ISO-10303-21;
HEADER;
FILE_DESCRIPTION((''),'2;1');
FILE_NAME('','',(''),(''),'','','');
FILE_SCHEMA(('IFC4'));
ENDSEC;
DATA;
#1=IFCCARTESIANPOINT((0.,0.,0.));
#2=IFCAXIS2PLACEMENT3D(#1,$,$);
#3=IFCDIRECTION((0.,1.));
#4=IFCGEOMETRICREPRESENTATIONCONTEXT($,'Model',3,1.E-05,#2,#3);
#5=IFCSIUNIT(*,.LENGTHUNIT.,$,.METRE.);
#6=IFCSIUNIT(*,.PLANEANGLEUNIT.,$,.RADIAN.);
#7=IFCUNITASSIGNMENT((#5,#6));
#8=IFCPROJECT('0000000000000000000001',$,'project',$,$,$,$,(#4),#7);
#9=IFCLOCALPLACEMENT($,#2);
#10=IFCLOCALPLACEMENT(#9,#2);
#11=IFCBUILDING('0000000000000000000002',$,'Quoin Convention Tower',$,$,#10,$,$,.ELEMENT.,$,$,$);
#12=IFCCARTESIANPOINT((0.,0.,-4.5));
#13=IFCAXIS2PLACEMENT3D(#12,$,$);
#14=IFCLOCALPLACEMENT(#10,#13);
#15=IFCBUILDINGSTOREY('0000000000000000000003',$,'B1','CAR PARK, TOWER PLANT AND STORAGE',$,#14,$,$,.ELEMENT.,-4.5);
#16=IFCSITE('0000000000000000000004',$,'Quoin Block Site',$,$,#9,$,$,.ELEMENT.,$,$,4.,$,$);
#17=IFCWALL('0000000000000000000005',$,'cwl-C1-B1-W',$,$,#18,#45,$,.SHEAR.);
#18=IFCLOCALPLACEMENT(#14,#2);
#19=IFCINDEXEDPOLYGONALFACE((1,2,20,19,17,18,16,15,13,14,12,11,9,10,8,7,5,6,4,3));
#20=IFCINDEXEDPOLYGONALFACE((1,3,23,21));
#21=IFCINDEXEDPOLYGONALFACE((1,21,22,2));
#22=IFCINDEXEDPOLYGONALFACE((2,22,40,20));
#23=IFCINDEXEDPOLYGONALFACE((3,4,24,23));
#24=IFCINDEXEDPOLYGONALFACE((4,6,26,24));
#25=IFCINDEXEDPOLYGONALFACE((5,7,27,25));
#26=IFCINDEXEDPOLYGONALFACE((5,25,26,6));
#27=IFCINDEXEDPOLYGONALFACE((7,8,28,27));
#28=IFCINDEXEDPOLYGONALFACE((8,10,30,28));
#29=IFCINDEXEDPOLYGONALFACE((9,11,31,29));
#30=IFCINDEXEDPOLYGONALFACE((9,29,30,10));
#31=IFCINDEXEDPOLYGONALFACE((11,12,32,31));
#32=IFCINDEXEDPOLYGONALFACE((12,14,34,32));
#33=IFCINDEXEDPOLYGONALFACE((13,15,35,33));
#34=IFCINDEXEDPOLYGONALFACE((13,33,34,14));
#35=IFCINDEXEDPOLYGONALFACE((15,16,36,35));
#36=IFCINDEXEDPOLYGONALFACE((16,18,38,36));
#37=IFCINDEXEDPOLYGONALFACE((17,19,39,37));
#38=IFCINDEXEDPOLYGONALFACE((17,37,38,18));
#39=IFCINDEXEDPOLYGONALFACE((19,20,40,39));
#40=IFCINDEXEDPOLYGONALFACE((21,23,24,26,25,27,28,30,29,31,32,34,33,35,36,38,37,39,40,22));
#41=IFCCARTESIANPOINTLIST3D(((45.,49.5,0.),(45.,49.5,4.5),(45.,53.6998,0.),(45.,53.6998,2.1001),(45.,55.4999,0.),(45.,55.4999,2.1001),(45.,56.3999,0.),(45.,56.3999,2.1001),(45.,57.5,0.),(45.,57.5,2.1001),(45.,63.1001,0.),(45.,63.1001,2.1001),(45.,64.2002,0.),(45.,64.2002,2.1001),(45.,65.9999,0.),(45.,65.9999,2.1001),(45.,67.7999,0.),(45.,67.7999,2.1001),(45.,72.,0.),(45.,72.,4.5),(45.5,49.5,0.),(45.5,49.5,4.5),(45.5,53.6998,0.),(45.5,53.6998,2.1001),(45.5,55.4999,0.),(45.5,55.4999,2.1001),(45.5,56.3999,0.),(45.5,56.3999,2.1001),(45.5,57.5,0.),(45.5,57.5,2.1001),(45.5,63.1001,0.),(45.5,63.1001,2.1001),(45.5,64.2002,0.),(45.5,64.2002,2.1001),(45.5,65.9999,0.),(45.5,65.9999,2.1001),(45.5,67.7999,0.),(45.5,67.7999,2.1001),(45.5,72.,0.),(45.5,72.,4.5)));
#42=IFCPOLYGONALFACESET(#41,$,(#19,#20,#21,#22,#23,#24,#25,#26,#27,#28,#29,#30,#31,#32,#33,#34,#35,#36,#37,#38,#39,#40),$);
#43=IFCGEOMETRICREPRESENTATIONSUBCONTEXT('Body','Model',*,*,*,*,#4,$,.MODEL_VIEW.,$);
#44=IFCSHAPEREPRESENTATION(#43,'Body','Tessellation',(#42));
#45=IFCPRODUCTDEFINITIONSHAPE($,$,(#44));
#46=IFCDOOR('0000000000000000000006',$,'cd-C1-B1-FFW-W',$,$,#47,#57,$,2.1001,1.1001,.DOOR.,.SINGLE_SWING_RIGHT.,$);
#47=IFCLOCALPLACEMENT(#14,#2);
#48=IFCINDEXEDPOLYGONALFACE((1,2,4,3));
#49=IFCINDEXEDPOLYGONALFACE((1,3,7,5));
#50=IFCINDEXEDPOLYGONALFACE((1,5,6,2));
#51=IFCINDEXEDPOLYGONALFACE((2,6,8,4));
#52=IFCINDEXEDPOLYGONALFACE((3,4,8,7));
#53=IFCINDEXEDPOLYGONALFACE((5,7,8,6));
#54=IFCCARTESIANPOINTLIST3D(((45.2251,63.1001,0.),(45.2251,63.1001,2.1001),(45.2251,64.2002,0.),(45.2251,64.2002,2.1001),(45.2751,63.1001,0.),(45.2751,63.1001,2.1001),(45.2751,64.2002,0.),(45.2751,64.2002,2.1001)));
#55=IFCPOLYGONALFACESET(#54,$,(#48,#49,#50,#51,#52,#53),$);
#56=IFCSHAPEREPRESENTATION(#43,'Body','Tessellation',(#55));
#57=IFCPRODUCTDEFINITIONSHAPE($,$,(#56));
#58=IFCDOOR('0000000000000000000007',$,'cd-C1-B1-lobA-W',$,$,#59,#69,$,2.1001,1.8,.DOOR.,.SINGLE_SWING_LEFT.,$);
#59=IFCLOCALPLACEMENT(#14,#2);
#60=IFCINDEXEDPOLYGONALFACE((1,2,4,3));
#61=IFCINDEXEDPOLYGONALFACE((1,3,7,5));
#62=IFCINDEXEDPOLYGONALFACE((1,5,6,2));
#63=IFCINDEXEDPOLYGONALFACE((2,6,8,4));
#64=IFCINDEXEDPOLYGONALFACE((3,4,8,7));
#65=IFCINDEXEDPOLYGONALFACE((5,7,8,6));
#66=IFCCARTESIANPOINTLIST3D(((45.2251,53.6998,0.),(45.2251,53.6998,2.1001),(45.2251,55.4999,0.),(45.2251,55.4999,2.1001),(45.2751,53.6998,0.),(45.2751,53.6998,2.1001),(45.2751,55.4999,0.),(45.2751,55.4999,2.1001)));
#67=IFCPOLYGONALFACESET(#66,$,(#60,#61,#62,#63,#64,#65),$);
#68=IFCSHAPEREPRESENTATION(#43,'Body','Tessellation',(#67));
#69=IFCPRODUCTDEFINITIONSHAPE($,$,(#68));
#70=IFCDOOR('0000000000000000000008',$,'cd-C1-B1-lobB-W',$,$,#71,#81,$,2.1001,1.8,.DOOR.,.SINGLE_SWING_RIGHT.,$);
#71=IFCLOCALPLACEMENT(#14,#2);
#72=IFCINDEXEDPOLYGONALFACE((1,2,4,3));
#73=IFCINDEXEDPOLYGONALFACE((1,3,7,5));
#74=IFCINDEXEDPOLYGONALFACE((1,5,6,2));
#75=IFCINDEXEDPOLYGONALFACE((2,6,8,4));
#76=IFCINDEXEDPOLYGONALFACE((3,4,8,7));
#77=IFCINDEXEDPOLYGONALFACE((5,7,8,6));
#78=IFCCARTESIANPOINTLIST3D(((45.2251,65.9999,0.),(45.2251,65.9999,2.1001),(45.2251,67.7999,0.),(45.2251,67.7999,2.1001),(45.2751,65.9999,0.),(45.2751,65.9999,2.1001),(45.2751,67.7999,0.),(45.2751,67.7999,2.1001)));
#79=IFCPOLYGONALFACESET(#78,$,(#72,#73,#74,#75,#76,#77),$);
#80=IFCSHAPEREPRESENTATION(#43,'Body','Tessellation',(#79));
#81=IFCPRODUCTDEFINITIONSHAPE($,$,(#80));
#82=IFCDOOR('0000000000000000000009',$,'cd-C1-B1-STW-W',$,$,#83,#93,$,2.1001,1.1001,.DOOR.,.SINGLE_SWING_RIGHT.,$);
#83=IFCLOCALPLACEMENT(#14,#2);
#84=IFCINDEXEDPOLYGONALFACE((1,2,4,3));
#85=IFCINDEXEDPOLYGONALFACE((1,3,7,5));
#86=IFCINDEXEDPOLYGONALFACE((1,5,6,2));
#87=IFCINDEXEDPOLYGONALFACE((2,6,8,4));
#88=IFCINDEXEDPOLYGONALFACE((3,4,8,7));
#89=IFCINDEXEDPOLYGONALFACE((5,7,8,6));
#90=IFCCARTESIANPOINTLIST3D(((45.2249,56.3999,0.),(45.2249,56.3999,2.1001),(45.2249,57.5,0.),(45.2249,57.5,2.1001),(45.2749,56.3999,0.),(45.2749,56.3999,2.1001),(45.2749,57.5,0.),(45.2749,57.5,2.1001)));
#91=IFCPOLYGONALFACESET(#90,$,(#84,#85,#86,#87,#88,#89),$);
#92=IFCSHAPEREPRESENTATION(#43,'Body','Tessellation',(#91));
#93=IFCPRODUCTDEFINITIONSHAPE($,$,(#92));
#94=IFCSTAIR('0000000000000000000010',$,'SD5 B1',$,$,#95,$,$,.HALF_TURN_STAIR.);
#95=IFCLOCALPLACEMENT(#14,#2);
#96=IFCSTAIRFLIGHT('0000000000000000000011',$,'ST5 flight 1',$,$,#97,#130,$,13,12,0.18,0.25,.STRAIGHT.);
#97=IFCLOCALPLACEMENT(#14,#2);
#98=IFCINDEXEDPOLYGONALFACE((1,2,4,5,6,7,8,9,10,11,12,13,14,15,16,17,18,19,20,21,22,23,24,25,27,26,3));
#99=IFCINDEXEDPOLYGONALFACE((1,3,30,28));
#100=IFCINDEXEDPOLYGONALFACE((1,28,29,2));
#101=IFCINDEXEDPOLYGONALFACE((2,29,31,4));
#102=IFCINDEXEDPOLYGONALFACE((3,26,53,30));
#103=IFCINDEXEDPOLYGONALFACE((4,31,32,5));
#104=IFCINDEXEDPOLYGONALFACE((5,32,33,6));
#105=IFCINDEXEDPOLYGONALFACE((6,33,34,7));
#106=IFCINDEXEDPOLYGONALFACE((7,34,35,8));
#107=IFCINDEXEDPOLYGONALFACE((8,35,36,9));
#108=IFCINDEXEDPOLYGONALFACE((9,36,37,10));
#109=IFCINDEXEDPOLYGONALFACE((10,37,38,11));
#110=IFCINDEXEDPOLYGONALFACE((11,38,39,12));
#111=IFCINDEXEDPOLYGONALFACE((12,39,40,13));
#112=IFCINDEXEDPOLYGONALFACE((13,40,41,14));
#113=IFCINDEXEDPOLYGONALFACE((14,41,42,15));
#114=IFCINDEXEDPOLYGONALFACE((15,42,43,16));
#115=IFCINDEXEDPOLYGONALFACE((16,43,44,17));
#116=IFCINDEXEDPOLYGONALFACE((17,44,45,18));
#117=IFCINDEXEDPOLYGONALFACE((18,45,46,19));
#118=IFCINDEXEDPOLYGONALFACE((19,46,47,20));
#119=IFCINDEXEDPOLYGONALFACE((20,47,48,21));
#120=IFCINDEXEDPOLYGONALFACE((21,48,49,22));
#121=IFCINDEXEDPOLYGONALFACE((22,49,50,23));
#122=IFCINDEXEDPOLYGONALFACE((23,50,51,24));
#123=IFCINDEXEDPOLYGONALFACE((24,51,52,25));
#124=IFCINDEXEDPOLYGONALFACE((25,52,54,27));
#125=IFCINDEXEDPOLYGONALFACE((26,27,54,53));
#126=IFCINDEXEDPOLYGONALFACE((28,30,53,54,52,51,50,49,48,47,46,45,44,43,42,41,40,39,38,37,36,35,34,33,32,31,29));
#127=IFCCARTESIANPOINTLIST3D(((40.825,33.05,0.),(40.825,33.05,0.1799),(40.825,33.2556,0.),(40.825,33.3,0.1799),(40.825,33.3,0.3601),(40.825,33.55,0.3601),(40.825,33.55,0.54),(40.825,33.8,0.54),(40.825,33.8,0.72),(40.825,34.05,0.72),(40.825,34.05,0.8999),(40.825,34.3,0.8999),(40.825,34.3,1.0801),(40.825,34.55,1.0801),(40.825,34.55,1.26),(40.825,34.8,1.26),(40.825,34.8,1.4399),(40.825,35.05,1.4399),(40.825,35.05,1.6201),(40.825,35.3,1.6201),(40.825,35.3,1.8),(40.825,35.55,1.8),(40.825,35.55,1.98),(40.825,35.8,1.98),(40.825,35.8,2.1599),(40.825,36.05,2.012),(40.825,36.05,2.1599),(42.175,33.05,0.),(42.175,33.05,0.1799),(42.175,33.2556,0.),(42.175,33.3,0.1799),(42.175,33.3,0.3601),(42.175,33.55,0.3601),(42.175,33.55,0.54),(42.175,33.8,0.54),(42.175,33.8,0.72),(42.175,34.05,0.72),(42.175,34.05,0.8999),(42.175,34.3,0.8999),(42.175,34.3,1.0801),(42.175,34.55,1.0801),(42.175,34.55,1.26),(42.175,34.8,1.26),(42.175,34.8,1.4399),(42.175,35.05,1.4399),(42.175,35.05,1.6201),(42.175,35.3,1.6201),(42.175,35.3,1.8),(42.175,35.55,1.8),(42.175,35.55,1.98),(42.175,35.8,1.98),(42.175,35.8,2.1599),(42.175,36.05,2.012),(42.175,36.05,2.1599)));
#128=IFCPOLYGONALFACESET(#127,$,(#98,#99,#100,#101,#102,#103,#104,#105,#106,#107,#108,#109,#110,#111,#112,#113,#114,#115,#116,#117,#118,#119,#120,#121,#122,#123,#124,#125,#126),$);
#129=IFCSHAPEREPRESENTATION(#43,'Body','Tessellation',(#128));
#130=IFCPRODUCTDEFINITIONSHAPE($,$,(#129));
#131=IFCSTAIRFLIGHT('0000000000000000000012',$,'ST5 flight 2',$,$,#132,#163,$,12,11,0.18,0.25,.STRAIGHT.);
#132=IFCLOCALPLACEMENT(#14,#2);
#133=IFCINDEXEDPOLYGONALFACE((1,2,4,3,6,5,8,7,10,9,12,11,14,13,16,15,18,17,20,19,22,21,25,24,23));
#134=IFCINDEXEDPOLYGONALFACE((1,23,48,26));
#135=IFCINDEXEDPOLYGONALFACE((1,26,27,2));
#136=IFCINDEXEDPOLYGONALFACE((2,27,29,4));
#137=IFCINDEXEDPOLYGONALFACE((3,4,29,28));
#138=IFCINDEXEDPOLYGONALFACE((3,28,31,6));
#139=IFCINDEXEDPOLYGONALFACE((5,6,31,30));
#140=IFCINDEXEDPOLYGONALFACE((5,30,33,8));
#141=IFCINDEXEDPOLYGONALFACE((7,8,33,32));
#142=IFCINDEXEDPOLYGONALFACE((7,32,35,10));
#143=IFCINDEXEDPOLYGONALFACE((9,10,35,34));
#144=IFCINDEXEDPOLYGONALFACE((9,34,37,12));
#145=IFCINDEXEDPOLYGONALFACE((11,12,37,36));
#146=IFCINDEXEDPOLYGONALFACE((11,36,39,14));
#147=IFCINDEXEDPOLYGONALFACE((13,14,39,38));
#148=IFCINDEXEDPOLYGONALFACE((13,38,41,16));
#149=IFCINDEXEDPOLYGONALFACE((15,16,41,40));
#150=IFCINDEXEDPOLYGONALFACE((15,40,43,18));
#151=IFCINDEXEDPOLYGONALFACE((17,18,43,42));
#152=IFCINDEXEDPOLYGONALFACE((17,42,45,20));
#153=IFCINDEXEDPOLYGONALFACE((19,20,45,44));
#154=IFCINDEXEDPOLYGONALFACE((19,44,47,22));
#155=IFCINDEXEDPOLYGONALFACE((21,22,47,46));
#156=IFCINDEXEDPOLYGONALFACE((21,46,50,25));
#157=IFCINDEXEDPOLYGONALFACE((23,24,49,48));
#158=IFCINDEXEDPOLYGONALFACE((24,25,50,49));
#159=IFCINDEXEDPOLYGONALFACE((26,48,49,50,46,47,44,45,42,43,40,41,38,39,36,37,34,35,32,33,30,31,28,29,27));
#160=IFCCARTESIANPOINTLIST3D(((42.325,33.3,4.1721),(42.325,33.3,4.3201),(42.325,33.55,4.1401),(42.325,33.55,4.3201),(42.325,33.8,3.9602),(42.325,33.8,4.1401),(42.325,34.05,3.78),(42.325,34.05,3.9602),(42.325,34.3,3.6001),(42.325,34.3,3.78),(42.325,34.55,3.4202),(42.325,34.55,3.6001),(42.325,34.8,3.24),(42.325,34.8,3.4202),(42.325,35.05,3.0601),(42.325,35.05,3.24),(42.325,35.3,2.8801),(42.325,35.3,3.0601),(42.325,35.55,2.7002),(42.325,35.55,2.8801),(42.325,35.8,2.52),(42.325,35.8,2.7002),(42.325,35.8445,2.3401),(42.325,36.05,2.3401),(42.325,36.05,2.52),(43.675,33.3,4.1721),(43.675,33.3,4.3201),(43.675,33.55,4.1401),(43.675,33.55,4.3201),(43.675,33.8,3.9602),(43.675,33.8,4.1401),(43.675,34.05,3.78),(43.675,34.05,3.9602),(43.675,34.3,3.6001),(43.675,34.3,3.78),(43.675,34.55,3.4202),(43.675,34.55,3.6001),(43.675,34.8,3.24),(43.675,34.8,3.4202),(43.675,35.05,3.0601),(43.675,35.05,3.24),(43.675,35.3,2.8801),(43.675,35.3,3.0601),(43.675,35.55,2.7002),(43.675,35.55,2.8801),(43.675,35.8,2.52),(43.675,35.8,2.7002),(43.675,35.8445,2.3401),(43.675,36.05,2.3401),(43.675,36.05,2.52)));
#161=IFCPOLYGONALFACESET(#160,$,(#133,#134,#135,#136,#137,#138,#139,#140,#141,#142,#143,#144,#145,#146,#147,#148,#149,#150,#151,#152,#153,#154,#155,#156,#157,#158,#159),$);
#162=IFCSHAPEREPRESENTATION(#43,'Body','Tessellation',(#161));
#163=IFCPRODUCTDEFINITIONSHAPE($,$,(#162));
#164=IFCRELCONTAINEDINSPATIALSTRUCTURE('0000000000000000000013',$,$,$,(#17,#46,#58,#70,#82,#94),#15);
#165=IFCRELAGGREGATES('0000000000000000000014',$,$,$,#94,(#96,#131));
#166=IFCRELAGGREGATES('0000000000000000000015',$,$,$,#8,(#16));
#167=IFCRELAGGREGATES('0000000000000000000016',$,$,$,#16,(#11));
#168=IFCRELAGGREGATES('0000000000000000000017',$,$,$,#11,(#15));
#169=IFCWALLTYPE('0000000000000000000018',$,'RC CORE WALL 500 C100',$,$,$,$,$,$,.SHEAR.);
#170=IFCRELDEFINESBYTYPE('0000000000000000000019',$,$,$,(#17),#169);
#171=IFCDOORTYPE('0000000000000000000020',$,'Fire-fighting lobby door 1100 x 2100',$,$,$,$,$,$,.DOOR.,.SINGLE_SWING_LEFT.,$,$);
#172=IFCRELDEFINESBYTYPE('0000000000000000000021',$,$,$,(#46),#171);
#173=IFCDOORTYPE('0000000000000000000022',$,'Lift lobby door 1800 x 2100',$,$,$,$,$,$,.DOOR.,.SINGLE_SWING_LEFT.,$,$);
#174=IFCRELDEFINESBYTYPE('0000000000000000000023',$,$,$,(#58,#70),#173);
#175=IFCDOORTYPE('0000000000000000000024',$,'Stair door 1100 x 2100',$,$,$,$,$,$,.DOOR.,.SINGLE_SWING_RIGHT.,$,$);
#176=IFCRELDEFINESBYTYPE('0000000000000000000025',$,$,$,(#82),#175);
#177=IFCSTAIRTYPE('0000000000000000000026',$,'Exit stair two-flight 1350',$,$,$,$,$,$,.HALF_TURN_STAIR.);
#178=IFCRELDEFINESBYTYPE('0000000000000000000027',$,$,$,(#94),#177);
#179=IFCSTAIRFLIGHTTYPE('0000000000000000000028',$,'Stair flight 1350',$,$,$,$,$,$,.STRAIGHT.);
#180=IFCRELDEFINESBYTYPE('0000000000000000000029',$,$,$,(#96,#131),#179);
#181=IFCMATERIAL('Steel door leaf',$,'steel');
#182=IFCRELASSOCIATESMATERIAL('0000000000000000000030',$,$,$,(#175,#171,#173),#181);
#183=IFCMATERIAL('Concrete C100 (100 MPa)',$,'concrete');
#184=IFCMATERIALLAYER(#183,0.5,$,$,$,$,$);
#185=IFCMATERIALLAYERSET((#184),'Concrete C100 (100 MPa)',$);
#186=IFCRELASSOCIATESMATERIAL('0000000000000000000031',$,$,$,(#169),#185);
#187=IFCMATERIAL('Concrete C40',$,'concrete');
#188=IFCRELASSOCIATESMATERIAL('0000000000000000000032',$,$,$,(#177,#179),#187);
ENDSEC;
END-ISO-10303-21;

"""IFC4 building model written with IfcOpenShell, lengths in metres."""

from ifc_helpers import new_model, si_unit, direction, frame, frame_2d, origin, place, context, subcontext, project, spatial, polyline, rectangle, outline, extrude, material, layer, layer_set, type_object, element, fill, aggregate, save


model = new_model("IFC4")

# Units and contexts
model_context = context("Model", 3, precision=1e-05, world=origin(), true_north=direction((0.0, 1.0)))
body_context = subcontext(model_context, "Body", "Model", "MODEL_VIEW")
ifc_project = project(units=[si_unit("LENGTHUNIT", "METRE"), si_unit("PLANEANGLEUNIT", "RADIAN")], contexts=[model_context])

# Site, building, storey
site_placement = place(None, origin())
site = spatial("IfcSite", under=ifc_project, at=site_placement, Name="Quoin Block Site", CompositionType="ELEMENT", RefElevation=4.0)
building_placement = place(site_placement, origin())
building = spatial("IfcBuilding", under=site, at=building_placement, Name="Quoin Convention Tower", CompositionType="ELEMENT")
storey_placement = place(building_placement, frame((0.0, 0.0, -4.5)))
storey = spatial("IfcBuildingStorey", under=building, at=storey_placement, Name="B1", Description="CAR PARK, TOWER PLANT AND STORAGE", CompositionType="ELEMENT", Elevation=-4.5)

# Shared definitions
ifc_material_1 = material(Name="Concrete C100 (100 MPa)", Category="concrete")

# Shared definitions
ifc_material_2 = material(Name="Steel door leaf", Category="steel")
door_type_1 = type_object("IfcDoorType", Name="Stair door 1100 x 2100", OperationType="SINGLE_SWING_RIGHT", PredefinedType="DOOR", material=ifc_material_2)

# Shared definitions
ifc_layer_1 = layer(ifc_material_1, 0.5)
ifc_layer_set_1 = layer_set([ifc_layer_1], Name="Concrete C100 (100 MPa)")
wall_type_1 = type_object("IfcWallType", Name="RC CORE WALL 500 C100", PredefinedType="SHEAR", material=ifc_layer_set_1)

# Wall, openings, doors
wall_1_placement = place(storey_placement, frame((45.25, 49.5, 0.0), z_axis=(0.0, 0.0, 1.0), x_axis=(0.0, 1.0, 0.0)))
wall_1 = element("IfcWall", 1, at=wall_1_placement, inside=storey, type_object=wall_type_1, Name="cwl-C1-B1-W", PredefinedType="SHEAR", context=body_context, shape_type="SweptSolid", body=[
    extrude(rectangle(XDim=22.5, YDim=0.5, at=frame_2d((11.25, 0.0))), origin(), (0.0, 0.0, 1.0), 4.5),
])
opening_1_placement = place(wall_1_placement, frame((4.2, 0.0, 0.0)))
opening_1 = element("IfcOpeningElement", 2, at=opening_1_placement, cuts=wall_1, PredefinedType="OPENING", context=body_context, shape_type="SweptSolid", body=[
    extrude(rectangle(XDim=1.8, YDim=2.1001, at=frame_2d((0.8999, 1.05))), frame((0.0, 0.26, 0.0), z_axis=(0.0, -1.0, 0.0), x_axis=(1.0, 0.0, 0.0)), (0.0, 0.0, 1.0), 0.52),
])
opening_2_placement = place(wall_1_placement, frame((6.8999, 0.0, 0.0)))
opening_2 = element("IfcOpeningElement", 3, at=opening_2_placement, cuts=wall_1, PredefinedType="OPENING", context=body_context, shape_type="SweptSolid", body=[
    extrude(rectangle(XDim=1.1001, YDim=2.1001, at=frame_2d((0.55, 1.05))), frame((0.0, 0.26, 0.0), z_axis=(0.0, -1.0, 0.0), x_axis=(1.0, 0.0, 0.0)), (0.0, 0.0, 1.0), 0.52),
])
opening_3_placement = place(wall_1_placement, frame((13.6001, 0.0, 0.0)))
opening_3 = element("IfcOpeningElement", 4, at=opening_3_placement, cuts=wall_1, PredefinedType="OPENING", context=body_context, shape_type="SweptSolid", body=[
    extrude(rectangle(XDim=1.1001, YDim=2.1001, at=frame_2d((0.55, 1.05))), frame((0.0, 0.26, 0.0), z_axis=(0.0, -1.0, 0.0), x_axis=(1.0, 0.0, 0.0)), (0.0, 0.0, 1.0), 0.52),
])
opening_4_placement = place(wall_1_placement, frame((16.5, 0.0, 0.0)))
opening_4 = element("IfcOpeningElement", 5, at=opening_4_placement, cuts=wall_1, PredefinedType="OPENING", context=body_context, shape_type="SweptSolid", body=[
    extrude(rectangle(XDim=1.8, YDim=2.1001, at=frame_2d((0.8999, 1.05))), frame((0.0, 0.26, 0.0), z_axis=(0.0, -1.0, 0.0), x_axis=(1.0, 0.0, 0.0)), (0.0, 0.0, 1.0), 0.52),
])
door_type_2 = type_object("IfcDoorType", Name="Fire-fighting lobby door 1100 x 2100", OperationType="SINGLE_SWING_LEFT", PredefinedType="DOOR", material=ifc_material_2)
door_1_placement = place(opening_3_placement, origin())
door_1 = element("IfcDoor", 6, at=door_1_placement, inside=storey, type_object=door_type_2, Name="cd-C1-B1-FFW-W", OperationType="SINGLE_SWING_RIGHT", OverallHeight=2.1001, OverallWidth=1.1001, PredefinedType="DOOR", context=body_context, shape_type="SweptSolid", body=[
    extrude(rectangle(XDim=1.1001, YDim=2.1001, at=frame_2d((0.55, 1.05))), frame((0.0, 0.0249, 0.0), z_axis=(0.0, -1.0, 0.0), x_axis=(1.0, 0.0, 0.0)), (0.0, 0.0, 1.0), 0.05),
])
fill(opening_3, door_1)
door_type_3 = type_object("IfcDoorType", Name="Lift lobby door 1800 x 2100", OperationType="SINGLE_SWING_LEFT", PredefinedType="DOOR", material=ifc_material_2)
door_2_placement = place(opening_1_placement, origin())
door_2 = element("IfcDoor", 7, at=door_2_placement, inside=storey, type_object=door_type_3, Name="cd-C1-B1-lobA-W", OperationType="SINGLE_SWING_LEFT", OverallHeight=2.1001, OverallWidth=1.8, PredefinedType="DOOR", context=body_context, shape_type="SweptSolid", body=[
    extrude(rectangle(XDim=1.8, YDim=2.1001, at=frame_2d((0.8999, 1.05))), frame((0.0, 0.0249, 0.0), z_axis=(0.0, -1.0, 0.0), x_axis=(1.0, 0.0, 0.0)), (0.0, 0.0, 1.0), 0.05),
])
fill(opening_1, door_2)
door_3_placement = place(opening_4_placement, origin())
door_3 = element("IfcDoor", 8, at=door_3_placement, inside=storey, type_object=door_type_3, Name="cd-C1-B1-lobB-W", OperationType="SINGLE_SWING_RIGHT", OverallHeight=2.1001, OverallWidth=1.8, PredefinedType="DOOR", context=body_context, shape_type="SweptSolid", body=[
    extrude(rectangle(XDim=1.8, YDim=2.1001, at=frame_2d((0.8999, 1.05))), frame((0.0, 0.0249, 0.0), z_axis=(0.0, -1.0, 0.0), x_axis=(1.0, 0.0, 0.0)), (0.0, 0.0, 1.0), 0.05),
])
fill(opening_4, door_3)
door_4_placement = place(opening_2_placement, frame((1.1001, 0.0, 0.0), z_axis=(0.0, 0.0, 1.0), x_axis=(-1.0, 0.0, 0.0)))
door_4 = element("IfcDoor", 9, at=door_4_placement, inside=storey, type_object=door_type_1, Name="cd-C1-B1-STW-W", OperationType="SINGLE_SWING_RIGHT", OverallHeight=2.1001, OverallWidth=1.1001, PredefinedType="DOOR", context=body_context, shape_type="SweptSolid", body=[
    extrude(rectangle(XDim=1.1001, YDim=2.1001, at=frame_2d((0.55, 1.05))), frame((0.0, 0.0249, 0.0), z_axis=(0.0, -1.0, 0.0), x_axis=(1.0, 0.0, 0.0)), (0.0, 0.0, 1.0), 0.05),
])
fill(opening_2, door_4)

# Stair, stair flights
ifc_material_3 = material(Name="Concrete C40", Category="concrete")
stair_type = type_object("IfcStairType", Name="Exit stair two-flight 1350", PredefinedType="HALF_TURN_STAIR", material=ifc_material_3)
stair_placement = place(storey_placement, origin())
stair = element("IfcStair", 10, at=stair_placement, inside=storey, type_object=stair_type, Name="SD5 B1", PredefinedType="HALF_TURN_STAIR")
stair_flight_type = type_object("IfcStairFlightType", Name="Stair flight 1350", PredefinedType="STRAIGHT", material=ifc_material_3)
stair_flight_1_placement = place(storey_placement, frame((41.5, 33.05, 0.0), z_axis=(0.0, 0.0, 1.0), x_axis=(0.0, 1.0, 0.0)))
stair_flight_1 = element("IfcStairFlight", 11, at=stair_flight_1_placement, type_object=stair_flight_type, Name="ST5 flight 1", NumberOfRisers=13, NumberOfTreads=12, PredefinedType="STRAIGHT", RiserHeight=0.18, TreadLength=0.25, context=body_context, shape_type="SweptSolid", body=[
    extrude(outline(polyline([(0.0, 0.0), (0.0, 0.1799), (0.25, 0.1799), (0.25, 0.3601), (0.5, 0.3601), (0.5, 0.54), (0.75, 0.54), (0.75, 0.72), (1.0, 0.72), (1.0, 0.8999), (1.25, 0.8999), (1.25, 1.0801), (1.5, 1.0801), (1.5, 1.26), (1.75, 1.26), (1.75, 1.4399), (2.0, 1.4399), (2.0, 1.6201), (2.25, 1.6201), (2.25, 1.8), (2.5, 1.8), (2.5, 1.98), (2.75, 1.98), (2.75, 2.1599), (3.0, 2.1599), (3.0, 2.3401), (3.0, 2.012), (0.2056, 0.0), (0.0, 0.0)])), frame((0.0, 0.675, 0.0), z_axis=(0.0, -1.0, 0.0), x_axis=(1.0, 0.0, 0.0)), (0.0, 0.0, 1.0), 1.3501),
])
stair_flight_2_placement = place(storey_placement, frame((43.0, 36.05, 2.3401), z_axis=(0.0, 0.0, 1.0), x_axis=(0.0, -1.0, 0.0)))
stair_flight_2 = element("IfcStairFlight", 12, at=stair_flight_2_placement, type_object=stair_flight_type, Name="ST5 flight 2", NumberOfRisers=12, NumberOfTreads=11, PredefinedType="STRAIGHT", RiserHeight=0.18, TreadLength=0.25, context=body_context, shape_type="SweptSolid", body=[
    extrude(outline(polyline([(0.0, 0.0), (0.0, 0.1799), (0.25, 0.1799), (0.25, 0.3601), (0.5, 0.3601), (0.5, 0.54), (0.75, 0.54), (0.75, 0.72), (1.0, 0.72), (1.0, 0.8999), (1.25, 0.8999), (1.25, 1.0801), (1.5, 1.0801), (1.5, 1.26), (1.75, 1.26), (1.75, 1.4399), (2.0, 1.4399), (2.0, 1.6201), (2.25, 1.6201), (2.25, 1.8), (2.5, 1.8), (2.5, 1.98), (2.75, 1.98), (2.75, 2.1599), (2.75, 1.832), (0.2056, 0.0), (0.0, 0.0)])), frame((0.0, 0.675, 0.0), z_axis=(0.0, -1.0, 0.0), x_axis=(1.0, 0.0, 0.0)), (0.0, 0.0, 1.0), 1.3501),
])
aggregate(stair, [stair_flight_1, stair_flight_2])

save(model, "model.ifc")
